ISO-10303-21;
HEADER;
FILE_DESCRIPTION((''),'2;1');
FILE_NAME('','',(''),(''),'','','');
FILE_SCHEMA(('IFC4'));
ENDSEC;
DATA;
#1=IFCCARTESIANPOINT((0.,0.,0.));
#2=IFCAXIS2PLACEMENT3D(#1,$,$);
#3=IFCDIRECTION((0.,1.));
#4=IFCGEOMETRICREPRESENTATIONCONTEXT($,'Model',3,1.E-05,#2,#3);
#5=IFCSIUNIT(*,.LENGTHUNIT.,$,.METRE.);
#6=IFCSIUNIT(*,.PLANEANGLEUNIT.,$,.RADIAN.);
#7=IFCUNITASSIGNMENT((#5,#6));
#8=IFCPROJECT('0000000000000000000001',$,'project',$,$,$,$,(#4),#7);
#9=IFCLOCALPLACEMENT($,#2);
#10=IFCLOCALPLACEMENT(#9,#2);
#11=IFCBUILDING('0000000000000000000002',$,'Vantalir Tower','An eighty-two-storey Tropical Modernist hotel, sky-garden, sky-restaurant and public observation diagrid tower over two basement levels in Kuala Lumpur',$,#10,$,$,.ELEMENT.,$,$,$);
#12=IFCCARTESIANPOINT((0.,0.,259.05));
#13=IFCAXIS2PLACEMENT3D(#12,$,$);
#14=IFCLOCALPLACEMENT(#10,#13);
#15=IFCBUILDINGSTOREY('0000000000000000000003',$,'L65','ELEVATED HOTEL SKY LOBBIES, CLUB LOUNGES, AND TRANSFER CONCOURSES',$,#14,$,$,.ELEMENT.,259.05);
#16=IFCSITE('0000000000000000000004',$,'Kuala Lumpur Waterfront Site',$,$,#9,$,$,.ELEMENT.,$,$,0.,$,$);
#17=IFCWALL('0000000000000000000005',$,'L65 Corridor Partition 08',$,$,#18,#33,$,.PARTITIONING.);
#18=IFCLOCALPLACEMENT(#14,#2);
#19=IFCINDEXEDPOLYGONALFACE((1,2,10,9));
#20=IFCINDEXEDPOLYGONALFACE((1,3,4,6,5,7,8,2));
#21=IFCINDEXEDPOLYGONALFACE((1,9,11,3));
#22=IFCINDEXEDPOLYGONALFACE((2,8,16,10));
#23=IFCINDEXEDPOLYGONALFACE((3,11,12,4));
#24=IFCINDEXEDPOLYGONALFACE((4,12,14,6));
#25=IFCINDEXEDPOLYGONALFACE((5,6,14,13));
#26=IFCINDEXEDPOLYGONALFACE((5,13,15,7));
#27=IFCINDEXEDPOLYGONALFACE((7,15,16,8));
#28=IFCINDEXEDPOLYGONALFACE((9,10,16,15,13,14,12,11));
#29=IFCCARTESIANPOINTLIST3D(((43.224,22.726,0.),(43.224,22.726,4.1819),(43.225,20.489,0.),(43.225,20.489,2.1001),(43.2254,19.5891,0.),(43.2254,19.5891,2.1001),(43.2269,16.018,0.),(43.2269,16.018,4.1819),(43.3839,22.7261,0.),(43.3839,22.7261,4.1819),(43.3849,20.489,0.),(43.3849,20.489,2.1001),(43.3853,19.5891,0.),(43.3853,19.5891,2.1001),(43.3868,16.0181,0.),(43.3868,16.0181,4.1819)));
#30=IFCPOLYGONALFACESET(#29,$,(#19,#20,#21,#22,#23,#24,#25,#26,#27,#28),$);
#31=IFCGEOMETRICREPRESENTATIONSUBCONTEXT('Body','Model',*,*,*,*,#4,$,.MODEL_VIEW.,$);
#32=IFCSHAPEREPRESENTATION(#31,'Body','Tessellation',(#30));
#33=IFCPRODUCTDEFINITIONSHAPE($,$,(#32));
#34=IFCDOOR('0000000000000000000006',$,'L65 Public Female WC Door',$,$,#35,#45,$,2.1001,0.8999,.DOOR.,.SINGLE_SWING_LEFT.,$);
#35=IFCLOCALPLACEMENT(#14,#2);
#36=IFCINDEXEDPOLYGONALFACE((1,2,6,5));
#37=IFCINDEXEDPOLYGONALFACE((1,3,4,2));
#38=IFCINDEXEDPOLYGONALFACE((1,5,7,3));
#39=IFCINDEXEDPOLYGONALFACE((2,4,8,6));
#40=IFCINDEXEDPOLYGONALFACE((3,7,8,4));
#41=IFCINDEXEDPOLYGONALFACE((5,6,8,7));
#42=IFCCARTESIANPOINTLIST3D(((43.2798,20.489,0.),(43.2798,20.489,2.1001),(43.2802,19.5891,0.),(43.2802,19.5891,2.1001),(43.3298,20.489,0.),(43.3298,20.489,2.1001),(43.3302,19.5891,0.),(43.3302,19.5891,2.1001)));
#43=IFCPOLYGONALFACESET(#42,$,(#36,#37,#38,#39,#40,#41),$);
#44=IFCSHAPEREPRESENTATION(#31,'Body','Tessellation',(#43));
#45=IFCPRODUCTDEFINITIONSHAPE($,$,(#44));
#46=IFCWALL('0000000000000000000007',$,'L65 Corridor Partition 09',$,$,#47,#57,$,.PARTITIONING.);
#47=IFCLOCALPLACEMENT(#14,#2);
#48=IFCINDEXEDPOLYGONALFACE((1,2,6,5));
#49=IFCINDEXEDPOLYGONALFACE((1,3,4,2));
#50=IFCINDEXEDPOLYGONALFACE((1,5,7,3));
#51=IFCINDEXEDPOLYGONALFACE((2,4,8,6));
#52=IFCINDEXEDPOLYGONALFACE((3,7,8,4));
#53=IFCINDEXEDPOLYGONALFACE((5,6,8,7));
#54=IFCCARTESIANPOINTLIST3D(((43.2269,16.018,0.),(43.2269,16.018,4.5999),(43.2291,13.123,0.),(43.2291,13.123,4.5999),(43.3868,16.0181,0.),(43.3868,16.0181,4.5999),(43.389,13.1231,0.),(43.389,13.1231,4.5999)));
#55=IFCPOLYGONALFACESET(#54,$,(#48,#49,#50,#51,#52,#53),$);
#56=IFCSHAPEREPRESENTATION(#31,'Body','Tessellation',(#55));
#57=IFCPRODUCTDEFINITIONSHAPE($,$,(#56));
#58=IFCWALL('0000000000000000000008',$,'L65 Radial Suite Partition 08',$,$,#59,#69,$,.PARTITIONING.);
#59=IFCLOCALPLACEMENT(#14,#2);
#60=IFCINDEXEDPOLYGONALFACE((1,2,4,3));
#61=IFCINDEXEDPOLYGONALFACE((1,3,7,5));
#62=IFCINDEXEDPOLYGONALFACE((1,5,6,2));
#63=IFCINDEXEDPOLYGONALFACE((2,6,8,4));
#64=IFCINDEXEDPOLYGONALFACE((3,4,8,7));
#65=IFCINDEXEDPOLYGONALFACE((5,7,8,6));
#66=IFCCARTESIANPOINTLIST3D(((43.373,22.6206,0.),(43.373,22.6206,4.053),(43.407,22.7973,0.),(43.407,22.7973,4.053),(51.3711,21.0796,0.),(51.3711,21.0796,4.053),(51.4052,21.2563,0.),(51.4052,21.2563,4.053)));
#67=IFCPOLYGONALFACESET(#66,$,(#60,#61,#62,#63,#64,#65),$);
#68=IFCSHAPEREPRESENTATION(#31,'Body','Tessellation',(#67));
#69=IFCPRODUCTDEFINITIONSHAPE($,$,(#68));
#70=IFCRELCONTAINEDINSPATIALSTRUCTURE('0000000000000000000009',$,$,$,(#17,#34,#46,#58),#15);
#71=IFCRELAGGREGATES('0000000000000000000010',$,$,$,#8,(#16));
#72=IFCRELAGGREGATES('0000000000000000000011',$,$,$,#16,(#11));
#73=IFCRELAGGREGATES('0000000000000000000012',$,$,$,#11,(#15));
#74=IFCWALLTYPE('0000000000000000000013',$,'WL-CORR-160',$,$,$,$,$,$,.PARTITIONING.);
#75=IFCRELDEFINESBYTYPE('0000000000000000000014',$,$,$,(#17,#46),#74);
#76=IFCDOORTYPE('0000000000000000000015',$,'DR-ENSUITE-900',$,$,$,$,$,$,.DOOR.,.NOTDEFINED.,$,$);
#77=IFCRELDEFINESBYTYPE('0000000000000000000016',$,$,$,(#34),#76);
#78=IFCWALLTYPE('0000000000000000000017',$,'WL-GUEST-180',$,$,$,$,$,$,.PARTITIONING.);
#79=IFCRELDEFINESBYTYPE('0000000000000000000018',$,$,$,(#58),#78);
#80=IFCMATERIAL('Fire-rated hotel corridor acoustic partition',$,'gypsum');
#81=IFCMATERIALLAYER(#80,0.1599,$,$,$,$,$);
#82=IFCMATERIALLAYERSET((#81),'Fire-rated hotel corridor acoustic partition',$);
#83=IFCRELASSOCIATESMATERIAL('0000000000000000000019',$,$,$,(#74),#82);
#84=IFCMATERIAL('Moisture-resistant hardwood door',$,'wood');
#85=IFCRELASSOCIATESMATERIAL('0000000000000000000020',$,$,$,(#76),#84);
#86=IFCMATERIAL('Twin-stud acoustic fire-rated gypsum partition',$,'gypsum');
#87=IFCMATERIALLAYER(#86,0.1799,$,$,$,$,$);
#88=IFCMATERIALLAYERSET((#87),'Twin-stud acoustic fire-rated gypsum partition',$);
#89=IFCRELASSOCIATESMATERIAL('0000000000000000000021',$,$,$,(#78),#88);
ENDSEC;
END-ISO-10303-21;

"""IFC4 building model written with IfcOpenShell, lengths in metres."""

from ifc_helpers import new_model, si_unit, direction, frame, frame_2d, origin, place, context, subcontext, project, spatial, rectangle, extrude, material, layer, layer_set, type_object, element, fill, save


model = new_model("IFC4")

# Units and contexts
model_context = context("Model", 3, precision=1e-05, world=origin(), true_north=direction((0.0, 1.0)))
body_context = subcontext(model_context, "Body", "Model", "MODEL_VIEW")
ifc_project = project(units=[si_unit("LENGTHUNIT", "METRE"), si_unit("PLANEANGLEUNIT", "RADIAN")], contexts=[model_context])

# Site, building, storey
site_placement = place(None, origin())
site = spatial("IfcSite", under=ifc_project, at=site_placement, Name="Kuala Lumpur Waterfront Site", CompositionType="ELEMENT", RefElevation=0.0)
building_placement = place(site_placement, origin())
building = spatial("IfcBuilding", under=site, at=building_placement, Name="Vantalir Tower", Description="An eighty-two-storey Tropical Modernist hotel, sky-garden, sky-restaurant and public observation diagrid tower over two basement levels in Kuala Lumpur", CompositionType="ELEMENT")
storey_placement = place(building_placement, frame((0.0, 0.0, 259.05)))
storey = spatial("IfcBuildingStorey", under=building, at=storey_placement, Name="L65", Description="ELEVATED HOTEL SKY LOBBIES, CLUB LOUNGES, AND TRANSFER CONCOURSES", CompositionType="ELEMENT", Elevation=259.05)

# Wall, opening, door
ifc_material_1 = material(Name="Fire-rated hotel corridor acoustic partition", Category="gypsum")
ifc_layer_1 = layer(ifc_material_1, 0.1599)
ifc_layer_set_1 = layer_set([ifc_layer_1], Name="Fire-rated hotel corridor acoustic partition")
wall_type_1 = type_object("IfcWallType", Name="WL-CORR-160", PredefinedType="PARTITIONING", material=ifc_layer_set_1)
wall_1_placement = place(storey_placement, frame((43.304, 22.7261, 0.0), z_axis=(0.0, 0.0, 1.0), x_axis=(0.000437, -1.0, 0.0)))
wall_1 = element("IfcWall", 1, at=wall_1_placement, inside=storey, type_object=wall_type_1, Name="L65 Corridor Partition 08", PredefinedType="PARTITIONING", context=body_context, shape_type="SweptSolid", body=[
    extrude(rectangle(XDim=6.708, YDim=0.1599, at=frame_2d((3.354, 0.0))), origin(), (0.0, 0.0, 1.0), 4.1819),
])
opening_1_placement = place(wall_1_placement, frame((2.2371, 0.0, 0.0)))
opening_1 = element("IfcOpeningElement", 2, at=opening_1_placement, cuts=wall_1, PredefinedType="OPENING", context=body_context, shape_type="SweptSolid", body=[
    extrude(rectangle(XDim=0.8999, YDim=2.1001, at=frame_2d((0.45, 1.05))), frame((0.0, 0.0898, 0.0), z_axis=(0.0, -1.0, 0.0), x_axis=(1.0, 0.0, 0.0)), (0.0, 0.0, 1.0), 0.1799),
])
ifc_material_2 = material(Name="Moisture-resistant hardwood door", Category="wood")
door_type_1 = type_object("IfcDoorType", Name="DR-ENSUITE-900", OperationType="NOTDEFINED", PredefinedType="DOOR", material=ifc_material_2)
door_1_placement = place(opening_1_placement, origin())
door_1 = element("IfcDoor", 3, at=door_1_placement, inside=storey, type_object=door_type_1, Name="L65 Public Female WC Door", OperationType="SINGLE_SWING_LEFT", OverallHeight=2.1001, OverallWidth=0.8999, PredefinedType="DOOR", context=body_context, shape_type="SweptSolid", body=[
    extrude(rectangle(XDim=0.8999, YDim=2.1001, at=frame_2d((0.45, 1.05))), frame((0.0, 0.0249, 0.0), z_axis=(0.0, -1.0, 0.0), x_axis=(1.0, 0.0, 0.0)), (0.0, 0.0, 1.0), 0.05),
])
fill(opening_1, door_1)

# Walls
wall_2_placement = place(storey_placement, frame((43.3069, 16.0181, 0.0), z_axis=(0.0, 0.0, 1.0), x_axis=(0.000759, -1.0, 0.0)))
element("IfcWall", 4, at=wall_2_placement, inside=storey, type_object=wall_type_1, Name="L65 Corridor Partition 09", PredefinedType="PARTITIONING", context=body_context, shape_type="SweptSolid", body=[
    extrude(rectangle(XDim=2.895, YDim=0.1599, at=frame_2d((1.4475, 0.0))), origin(), (0.0, 0.0, 1.0), 4.5999),
])
ifc_material_3 = material(Name="Twin-stud acoustic fire-rated gypsum partition", Category="gypsum")
ifc_layer_2 = layer(ifc_material_3, 0.1799)
ifc_layer_set_2 = layer_set([ifc_layer_2], Name="Twin-stud acoustic fire-rated gypsum partition")
wall_type_2 = type_object("IfcWallType", Name="WL-GUEST-180", PredefinedType="PARTITIONING", material=ifc_layer_set_2)
wall_3_placement = place(storey_placement, frame((43.3899, 22.709, 0.0), z_axis=(0.0, 0.0, 1.0), x_axis=(0.98194, -0.189194, 0.0)))
element("IfcWall", 5, at=wall_3_placement, inside=storey, type_object=wall_type_2, Name="L65 Radial Suite Partition 08", PredefinedType="PARTITIONING", context=body_context, shape_type="SweptSolid", body=[
    extrude(rectangle(XDim=8.1453, YDim=0.1799, at=frame_2d((4.0728, 0.0))), origin(), (0.0, 0.0, 1.0), 4.053),
])

save(model, "model.ifc")
